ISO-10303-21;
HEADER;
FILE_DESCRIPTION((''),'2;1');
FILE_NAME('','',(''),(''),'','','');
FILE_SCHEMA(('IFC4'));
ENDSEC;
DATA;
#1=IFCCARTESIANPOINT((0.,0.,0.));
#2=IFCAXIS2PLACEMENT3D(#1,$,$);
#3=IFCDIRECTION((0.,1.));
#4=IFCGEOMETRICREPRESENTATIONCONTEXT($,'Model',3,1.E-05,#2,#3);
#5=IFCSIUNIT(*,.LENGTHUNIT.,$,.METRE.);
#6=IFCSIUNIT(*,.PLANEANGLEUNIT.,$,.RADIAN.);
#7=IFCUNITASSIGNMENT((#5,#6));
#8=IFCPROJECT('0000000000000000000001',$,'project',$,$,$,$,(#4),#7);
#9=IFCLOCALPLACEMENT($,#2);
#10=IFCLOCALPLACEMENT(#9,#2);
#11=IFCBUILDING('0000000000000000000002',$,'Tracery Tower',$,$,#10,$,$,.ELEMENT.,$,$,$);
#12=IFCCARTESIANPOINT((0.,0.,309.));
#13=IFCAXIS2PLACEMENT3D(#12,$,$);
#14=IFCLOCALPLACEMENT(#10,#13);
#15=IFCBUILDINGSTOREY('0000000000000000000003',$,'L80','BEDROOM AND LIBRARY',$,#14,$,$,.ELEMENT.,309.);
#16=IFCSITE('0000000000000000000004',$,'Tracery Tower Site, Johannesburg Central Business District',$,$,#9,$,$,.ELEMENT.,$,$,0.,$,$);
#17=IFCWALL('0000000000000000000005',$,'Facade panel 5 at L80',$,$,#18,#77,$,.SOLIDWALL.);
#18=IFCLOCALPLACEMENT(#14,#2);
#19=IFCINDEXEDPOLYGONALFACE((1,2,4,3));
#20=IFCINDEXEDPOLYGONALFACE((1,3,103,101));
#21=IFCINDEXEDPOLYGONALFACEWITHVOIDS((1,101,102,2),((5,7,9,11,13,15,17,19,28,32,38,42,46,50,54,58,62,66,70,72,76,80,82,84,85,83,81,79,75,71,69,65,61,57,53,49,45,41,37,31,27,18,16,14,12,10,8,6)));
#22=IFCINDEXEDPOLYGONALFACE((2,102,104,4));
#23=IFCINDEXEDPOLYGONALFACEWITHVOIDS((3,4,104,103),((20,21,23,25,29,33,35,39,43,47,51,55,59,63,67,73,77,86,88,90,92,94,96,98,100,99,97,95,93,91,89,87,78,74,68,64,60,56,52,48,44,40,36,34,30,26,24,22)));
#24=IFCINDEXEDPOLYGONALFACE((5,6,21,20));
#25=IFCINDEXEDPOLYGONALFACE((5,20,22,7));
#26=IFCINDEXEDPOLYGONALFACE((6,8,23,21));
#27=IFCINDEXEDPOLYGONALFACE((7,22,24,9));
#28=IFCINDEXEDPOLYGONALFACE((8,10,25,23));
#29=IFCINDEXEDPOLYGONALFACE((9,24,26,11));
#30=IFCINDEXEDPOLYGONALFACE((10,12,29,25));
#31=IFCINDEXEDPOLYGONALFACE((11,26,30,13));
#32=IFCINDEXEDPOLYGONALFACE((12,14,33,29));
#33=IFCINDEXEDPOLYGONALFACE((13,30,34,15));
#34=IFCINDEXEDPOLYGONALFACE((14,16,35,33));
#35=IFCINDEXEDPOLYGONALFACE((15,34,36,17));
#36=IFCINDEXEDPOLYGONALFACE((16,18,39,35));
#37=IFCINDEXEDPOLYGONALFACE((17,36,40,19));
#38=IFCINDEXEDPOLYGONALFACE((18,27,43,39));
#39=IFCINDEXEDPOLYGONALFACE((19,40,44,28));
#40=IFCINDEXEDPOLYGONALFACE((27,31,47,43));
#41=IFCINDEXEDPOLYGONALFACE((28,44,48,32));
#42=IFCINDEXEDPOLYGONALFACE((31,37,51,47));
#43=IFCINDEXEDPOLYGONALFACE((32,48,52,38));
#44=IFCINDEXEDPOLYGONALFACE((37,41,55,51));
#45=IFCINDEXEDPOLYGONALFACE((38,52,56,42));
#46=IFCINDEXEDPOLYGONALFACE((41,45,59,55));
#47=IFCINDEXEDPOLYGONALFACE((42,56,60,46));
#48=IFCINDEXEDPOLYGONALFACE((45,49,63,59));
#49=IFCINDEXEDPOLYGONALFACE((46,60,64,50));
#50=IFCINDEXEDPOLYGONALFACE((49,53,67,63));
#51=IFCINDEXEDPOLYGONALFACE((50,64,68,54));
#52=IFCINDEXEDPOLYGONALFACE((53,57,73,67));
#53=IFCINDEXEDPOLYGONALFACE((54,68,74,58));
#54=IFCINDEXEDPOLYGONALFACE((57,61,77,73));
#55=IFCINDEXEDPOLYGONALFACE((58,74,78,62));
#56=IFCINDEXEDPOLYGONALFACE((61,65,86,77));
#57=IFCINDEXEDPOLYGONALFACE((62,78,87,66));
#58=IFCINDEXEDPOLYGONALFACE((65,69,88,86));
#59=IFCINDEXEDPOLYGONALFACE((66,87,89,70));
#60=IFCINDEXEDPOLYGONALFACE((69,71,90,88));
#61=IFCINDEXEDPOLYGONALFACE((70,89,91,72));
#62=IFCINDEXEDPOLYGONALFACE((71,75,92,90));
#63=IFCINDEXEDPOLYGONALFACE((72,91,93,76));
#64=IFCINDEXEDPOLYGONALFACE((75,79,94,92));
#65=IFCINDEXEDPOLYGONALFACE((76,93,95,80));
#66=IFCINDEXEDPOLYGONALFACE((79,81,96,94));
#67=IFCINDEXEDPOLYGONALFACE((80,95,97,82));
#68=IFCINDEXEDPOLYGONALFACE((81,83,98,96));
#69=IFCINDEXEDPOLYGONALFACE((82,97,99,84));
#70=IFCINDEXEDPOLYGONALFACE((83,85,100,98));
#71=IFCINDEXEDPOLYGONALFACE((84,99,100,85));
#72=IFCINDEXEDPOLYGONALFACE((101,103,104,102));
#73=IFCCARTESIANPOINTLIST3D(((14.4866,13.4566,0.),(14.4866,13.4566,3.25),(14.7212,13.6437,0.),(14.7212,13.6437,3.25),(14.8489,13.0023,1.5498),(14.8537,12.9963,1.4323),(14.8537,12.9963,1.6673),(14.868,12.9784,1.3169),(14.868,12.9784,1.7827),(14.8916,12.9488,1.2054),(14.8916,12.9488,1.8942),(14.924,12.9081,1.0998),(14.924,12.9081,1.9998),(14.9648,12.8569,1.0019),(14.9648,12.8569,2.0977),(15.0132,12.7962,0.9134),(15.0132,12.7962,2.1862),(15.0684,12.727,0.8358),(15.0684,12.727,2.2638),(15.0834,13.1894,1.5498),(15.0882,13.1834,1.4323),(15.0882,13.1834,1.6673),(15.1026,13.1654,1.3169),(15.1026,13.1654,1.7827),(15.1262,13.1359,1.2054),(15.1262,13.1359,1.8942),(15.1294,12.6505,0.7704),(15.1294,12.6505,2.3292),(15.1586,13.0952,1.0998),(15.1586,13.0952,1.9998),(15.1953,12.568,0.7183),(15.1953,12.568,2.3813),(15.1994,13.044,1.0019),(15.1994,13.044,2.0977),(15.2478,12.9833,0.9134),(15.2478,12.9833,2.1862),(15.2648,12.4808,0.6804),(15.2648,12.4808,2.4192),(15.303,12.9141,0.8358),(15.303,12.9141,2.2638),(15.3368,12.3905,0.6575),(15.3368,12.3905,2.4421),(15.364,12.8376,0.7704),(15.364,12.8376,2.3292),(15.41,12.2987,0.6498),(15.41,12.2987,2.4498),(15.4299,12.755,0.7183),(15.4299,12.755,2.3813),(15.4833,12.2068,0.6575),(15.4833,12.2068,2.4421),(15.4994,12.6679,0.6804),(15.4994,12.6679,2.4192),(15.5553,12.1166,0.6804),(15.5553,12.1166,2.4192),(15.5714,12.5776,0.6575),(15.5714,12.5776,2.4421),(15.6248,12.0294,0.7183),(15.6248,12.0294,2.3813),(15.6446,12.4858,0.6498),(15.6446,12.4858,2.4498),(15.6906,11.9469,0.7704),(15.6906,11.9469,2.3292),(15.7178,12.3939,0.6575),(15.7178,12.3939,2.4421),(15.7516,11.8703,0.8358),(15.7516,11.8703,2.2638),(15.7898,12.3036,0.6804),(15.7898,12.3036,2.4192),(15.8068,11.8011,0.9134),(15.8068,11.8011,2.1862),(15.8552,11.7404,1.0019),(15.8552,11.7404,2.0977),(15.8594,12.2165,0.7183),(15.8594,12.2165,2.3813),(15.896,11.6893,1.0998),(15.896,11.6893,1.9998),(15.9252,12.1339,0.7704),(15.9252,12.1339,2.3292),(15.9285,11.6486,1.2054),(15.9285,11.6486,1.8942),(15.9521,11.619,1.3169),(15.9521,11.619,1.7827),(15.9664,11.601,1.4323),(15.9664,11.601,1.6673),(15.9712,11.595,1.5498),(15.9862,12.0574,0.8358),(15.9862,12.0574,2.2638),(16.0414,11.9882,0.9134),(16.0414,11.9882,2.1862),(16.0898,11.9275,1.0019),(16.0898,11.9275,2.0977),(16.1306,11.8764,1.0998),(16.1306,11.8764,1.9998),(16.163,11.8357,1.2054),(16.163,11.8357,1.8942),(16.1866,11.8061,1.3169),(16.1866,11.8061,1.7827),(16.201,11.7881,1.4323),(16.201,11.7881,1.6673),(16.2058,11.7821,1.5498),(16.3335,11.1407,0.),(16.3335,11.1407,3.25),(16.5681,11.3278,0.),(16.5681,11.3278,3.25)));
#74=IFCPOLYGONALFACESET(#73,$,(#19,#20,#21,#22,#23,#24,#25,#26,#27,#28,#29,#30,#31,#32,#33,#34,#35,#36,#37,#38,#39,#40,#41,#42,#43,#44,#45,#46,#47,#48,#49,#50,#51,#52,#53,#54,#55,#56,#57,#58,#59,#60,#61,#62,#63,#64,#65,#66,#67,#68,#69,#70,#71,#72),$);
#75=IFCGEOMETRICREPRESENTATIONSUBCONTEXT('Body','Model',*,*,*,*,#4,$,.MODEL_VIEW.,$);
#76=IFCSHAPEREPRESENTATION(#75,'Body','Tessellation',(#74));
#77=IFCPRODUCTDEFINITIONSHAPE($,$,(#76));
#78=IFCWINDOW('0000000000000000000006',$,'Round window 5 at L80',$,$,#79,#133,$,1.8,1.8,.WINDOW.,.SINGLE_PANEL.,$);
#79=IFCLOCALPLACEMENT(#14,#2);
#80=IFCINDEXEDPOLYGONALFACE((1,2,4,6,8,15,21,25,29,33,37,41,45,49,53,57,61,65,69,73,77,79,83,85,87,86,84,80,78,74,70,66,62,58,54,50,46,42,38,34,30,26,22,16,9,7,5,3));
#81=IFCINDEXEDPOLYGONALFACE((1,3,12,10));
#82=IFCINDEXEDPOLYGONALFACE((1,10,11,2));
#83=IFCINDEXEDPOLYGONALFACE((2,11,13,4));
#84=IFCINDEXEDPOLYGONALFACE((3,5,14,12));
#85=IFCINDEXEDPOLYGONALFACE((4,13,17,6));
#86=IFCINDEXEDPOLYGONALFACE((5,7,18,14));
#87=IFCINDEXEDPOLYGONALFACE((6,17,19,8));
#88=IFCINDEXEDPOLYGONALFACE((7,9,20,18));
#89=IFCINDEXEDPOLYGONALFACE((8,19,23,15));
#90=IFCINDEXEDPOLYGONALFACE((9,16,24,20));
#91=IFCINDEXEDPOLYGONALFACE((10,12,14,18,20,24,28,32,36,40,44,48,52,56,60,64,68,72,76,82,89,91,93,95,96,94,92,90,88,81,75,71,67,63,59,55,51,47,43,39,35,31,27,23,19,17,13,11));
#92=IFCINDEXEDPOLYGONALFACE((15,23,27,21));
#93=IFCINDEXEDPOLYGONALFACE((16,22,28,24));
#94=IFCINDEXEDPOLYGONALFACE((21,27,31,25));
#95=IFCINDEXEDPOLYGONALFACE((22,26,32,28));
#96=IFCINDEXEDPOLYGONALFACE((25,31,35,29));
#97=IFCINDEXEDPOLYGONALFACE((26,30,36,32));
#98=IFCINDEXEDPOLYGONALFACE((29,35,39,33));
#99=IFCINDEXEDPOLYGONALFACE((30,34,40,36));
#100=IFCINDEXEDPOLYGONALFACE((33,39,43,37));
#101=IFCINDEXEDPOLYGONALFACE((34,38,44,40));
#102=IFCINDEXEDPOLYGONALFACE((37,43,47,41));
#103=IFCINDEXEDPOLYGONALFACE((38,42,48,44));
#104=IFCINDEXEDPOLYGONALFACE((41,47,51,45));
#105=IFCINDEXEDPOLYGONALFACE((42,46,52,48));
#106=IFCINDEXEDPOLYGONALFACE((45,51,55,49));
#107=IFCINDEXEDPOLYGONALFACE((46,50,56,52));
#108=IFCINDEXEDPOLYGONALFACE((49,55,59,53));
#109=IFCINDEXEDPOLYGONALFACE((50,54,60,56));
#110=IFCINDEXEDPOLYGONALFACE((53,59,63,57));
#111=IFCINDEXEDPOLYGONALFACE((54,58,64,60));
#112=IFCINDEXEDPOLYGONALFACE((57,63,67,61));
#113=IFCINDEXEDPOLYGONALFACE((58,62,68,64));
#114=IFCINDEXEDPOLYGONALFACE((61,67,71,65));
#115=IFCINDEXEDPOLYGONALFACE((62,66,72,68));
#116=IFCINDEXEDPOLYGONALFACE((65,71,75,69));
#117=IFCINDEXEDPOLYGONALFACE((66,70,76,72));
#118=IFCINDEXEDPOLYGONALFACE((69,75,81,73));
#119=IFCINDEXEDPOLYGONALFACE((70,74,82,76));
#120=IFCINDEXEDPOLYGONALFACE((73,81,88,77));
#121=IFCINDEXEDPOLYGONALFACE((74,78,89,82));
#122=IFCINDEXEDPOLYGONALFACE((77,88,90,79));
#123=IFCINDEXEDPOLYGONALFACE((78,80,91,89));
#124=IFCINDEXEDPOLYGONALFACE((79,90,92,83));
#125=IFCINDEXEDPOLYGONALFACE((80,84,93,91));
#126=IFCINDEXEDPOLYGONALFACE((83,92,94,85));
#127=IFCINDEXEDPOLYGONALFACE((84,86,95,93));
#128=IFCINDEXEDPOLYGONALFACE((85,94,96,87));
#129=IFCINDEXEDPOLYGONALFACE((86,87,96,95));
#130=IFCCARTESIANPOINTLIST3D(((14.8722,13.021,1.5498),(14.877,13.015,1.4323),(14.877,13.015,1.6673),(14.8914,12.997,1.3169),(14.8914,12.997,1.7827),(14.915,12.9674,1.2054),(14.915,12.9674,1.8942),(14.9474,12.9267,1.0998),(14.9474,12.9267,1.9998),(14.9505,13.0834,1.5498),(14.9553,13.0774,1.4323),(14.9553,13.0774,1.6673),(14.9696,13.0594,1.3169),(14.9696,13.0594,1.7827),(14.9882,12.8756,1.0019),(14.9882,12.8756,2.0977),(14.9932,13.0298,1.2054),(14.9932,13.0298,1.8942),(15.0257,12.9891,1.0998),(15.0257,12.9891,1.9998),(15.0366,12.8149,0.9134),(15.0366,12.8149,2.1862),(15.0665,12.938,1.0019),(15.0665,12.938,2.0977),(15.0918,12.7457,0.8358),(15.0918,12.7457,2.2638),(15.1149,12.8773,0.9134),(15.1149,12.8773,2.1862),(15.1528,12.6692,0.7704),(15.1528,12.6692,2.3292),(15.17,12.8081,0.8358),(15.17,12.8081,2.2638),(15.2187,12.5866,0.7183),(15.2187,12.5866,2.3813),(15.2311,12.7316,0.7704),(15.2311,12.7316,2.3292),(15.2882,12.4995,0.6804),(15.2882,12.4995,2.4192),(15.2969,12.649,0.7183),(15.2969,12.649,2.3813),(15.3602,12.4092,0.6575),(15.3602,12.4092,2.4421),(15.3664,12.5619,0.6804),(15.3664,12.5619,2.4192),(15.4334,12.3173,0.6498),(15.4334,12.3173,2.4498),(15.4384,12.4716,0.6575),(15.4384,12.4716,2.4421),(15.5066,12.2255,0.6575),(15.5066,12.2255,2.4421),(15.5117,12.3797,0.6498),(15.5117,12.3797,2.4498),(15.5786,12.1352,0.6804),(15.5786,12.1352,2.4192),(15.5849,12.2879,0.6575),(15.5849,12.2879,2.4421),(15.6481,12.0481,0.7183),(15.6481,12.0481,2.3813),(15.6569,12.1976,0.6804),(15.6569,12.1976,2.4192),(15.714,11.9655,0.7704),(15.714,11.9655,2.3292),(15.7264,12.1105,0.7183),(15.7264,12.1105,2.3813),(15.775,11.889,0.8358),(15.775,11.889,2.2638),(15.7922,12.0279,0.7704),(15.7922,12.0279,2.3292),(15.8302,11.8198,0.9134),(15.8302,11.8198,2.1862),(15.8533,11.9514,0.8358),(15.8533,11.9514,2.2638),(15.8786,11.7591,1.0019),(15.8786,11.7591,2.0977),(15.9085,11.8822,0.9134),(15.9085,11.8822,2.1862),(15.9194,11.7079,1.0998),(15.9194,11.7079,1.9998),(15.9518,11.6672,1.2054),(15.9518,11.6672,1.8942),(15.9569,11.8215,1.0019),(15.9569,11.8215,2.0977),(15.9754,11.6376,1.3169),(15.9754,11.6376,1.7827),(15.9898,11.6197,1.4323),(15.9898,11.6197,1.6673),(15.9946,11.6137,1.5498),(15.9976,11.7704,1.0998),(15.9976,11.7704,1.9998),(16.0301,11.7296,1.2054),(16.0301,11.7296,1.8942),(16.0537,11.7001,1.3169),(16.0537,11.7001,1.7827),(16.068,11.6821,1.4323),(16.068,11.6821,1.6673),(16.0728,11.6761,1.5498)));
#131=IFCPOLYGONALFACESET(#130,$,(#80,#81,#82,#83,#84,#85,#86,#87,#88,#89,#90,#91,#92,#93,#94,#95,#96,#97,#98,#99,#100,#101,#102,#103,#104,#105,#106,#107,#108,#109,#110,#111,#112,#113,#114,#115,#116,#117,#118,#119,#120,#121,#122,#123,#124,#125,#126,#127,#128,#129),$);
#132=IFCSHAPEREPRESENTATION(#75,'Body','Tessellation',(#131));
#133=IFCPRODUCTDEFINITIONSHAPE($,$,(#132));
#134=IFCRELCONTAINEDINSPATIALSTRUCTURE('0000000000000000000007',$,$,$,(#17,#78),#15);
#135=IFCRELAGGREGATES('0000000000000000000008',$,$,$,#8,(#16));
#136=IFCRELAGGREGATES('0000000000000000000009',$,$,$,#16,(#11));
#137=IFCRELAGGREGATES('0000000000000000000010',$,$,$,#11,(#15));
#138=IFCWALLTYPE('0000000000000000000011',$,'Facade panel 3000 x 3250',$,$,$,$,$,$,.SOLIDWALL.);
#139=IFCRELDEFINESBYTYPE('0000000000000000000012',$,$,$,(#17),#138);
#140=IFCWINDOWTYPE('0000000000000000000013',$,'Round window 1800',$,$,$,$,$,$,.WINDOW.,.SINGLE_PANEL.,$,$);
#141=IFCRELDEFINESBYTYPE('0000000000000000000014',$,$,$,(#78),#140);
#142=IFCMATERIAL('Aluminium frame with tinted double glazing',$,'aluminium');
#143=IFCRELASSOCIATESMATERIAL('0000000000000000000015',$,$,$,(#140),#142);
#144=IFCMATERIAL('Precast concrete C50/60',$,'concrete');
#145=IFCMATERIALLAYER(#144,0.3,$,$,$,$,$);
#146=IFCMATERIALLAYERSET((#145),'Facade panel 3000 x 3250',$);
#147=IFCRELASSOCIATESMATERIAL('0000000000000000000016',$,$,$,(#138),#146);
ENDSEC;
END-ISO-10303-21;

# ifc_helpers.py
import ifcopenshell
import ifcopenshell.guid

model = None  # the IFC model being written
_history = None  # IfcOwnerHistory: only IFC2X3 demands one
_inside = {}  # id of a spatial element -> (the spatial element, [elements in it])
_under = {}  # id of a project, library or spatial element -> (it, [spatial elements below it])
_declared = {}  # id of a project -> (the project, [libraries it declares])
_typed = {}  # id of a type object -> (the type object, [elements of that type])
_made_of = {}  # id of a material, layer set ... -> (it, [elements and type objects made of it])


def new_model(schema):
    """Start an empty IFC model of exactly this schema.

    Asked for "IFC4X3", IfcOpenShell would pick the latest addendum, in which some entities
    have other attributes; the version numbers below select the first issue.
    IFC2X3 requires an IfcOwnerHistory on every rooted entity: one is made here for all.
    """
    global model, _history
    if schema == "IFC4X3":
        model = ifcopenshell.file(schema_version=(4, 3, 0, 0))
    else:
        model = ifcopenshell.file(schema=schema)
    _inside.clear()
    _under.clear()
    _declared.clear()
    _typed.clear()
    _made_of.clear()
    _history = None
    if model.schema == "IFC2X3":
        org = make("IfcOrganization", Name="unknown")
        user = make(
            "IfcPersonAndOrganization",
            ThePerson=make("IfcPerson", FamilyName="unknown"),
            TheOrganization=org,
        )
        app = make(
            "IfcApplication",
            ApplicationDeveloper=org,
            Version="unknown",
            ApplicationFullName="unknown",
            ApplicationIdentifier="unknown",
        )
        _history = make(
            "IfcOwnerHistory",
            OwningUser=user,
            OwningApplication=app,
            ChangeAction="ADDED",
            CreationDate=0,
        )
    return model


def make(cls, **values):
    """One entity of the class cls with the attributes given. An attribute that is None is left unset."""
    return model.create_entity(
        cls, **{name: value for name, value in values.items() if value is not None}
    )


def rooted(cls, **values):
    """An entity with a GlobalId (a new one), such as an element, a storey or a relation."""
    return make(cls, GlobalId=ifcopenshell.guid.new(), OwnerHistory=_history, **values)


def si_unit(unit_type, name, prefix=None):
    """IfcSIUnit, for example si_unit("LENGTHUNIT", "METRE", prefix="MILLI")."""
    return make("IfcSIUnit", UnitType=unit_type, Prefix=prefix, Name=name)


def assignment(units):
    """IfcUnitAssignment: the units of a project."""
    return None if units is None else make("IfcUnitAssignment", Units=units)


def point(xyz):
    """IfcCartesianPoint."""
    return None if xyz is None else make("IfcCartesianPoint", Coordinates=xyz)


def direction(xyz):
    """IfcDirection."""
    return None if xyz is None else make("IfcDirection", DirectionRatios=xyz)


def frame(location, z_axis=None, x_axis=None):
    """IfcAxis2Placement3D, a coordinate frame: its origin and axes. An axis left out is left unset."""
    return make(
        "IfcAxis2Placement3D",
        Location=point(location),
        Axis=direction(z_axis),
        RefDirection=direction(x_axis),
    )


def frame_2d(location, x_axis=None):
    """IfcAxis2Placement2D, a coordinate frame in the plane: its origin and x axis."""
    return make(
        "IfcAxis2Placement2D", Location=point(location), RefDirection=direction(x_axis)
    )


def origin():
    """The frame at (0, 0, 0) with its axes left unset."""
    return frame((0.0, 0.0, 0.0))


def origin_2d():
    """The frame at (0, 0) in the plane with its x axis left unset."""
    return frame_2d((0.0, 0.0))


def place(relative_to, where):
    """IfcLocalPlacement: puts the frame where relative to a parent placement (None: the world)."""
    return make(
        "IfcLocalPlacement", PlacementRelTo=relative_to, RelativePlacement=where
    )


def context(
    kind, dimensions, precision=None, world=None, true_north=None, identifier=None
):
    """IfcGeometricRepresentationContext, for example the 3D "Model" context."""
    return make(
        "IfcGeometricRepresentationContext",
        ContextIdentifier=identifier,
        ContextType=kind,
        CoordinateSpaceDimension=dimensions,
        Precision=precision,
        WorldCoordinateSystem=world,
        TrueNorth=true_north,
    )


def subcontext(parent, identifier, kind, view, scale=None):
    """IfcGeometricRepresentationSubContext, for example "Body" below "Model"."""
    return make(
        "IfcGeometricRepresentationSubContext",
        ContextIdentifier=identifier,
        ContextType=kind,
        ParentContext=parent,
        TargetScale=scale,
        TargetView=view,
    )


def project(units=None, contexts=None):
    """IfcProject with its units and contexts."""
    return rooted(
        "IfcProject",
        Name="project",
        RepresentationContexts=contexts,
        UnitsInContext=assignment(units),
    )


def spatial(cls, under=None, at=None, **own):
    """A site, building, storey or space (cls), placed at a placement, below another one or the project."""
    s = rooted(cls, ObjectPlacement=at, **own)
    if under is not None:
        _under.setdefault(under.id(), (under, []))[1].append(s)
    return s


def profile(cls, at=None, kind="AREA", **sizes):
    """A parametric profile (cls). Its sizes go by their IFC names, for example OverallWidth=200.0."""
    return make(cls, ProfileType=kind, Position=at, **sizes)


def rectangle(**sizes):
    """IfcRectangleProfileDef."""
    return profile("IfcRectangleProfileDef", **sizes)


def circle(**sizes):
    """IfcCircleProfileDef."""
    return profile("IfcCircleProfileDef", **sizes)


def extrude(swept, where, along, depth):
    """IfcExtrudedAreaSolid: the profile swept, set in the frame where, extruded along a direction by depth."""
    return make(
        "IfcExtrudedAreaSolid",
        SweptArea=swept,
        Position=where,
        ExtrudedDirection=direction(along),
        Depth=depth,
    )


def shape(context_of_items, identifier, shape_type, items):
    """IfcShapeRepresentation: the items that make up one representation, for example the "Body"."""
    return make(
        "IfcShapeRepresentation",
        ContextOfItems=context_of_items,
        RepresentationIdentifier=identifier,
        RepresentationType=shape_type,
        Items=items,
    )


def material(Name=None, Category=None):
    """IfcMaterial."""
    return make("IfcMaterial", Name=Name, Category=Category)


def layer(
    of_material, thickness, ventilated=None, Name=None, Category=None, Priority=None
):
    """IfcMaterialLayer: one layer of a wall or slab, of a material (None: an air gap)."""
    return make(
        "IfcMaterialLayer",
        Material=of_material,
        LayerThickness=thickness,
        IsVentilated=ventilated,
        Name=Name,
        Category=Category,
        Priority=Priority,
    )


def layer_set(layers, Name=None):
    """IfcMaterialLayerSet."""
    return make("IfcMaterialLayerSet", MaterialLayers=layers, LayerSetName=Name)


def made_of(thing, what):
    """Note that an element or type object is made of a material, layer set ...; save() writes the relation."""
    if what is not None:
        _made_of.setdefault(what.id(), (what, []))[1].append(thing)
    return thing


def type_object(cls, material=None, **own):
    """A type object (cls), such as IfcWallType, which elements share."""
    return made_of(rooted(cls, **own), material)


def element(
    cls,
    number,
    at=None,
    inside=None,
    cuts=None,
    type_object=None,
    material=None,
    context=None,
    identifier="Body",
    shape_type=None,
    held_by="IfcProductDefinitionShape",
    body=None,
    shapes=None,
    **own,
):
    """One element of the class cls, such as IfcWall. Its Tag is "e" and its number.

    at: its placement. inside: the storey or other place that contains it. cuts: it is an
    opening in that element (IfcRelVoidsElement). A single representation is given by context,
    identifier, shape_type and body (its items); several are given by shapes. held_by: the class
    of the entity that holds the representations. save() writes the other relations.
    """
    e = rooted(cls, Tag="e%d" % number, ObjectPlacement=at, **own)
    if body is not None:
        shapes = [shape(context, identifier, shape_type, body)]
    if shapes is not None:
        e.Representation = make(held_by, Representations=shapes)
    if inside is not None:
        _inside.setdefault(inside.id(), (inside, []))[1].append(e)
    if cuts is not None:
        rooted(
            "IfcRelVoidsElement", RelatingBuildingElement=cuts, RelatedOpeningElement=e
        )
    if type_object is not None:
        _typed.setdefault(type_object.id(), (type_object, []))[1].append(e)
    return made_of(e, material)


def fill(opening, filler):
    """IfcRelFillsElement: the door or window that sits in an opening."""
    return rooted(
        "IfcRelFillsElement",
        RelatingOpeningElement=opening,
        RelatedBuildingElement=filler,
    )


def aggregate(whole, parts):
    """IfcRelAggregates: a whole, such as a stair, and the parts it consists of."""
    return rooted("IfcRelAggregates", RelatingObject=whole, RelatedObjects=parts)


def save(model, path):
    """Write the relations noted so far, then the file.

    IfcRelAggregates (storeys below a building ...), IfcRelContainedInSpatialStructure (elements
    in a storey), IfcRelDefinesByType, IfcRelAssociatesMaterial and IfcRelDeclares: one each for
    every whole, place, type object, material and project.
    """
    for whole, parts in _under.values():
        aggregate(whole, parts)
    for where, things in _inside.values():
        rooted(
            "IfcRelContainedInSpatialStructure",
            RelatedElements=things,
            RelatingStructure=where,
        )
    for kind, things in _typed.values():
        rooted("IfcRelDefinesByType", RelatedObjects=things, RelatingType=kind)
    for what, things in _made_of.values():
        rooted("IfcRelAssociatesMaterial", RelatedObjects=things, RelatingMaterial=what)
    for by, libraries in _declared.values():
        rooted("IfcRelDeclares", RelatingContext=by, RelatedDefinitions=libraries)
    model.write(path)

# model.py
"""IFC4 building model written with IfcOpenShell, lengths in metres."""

from ifc_helpers import new_model, si_unit, direction, frame, frame_2d, origin, origin_2d, place, context, subcontext, project, spatial, rectangle, circle, extrude, material, layer, layer_set, type_object, element, fill, save


model = new_model("IFC4")

# Units and contexts
model_context = context("Model", 3, precision=1e-05, world=origin(), true_north=direction((0.0, 1.0)))
body_context = subcontext(model_context, "Body", "Model", "MODEL_VIEW")
ifc_project = project(units=[si_unit("LENGTHUNIT", "METRE"), si_unit("PLANEANGLEUNIT", "RADIAN")], contexts=[model_context])

# Site, building, storey
site_placement = place(None, origin())
site = spatial("IfcSite", under=ifc_project, at=site_placement, Name="Tracery Tower Site, Johannesburg Central Business District", CompositionType="ELEMENT", RefElevation=0.0)
building_placement = place(site_placement, origin())
building = spatial("IfcBuilding", under=site, at=building_placement, Name="Tracery Tower", CompositionType="ELEMENT")
storey_placement = place(building_placement, frame((0.0, 0.0, 309.0)))
storey = spatial("IfcBuildingStorey", under=building, at=storey_placement, Name="L80", Description="BEDROOM AND LIBRARY", CompositionType="ELEMENT", Elevation=309.0)

# Wall, opening, window
ifc_material_1 = material(Name="Aluminium frame with tinted double glazing", Category="aluminium")
window_type = type_object("IfcWindowType", Name="Round window 1800", PartitioningType="SINGLE_PANEL", PredefinedType="WINDOW", material=ifc_material_1)
ifc_material_2 = material(Name="Precast concrete C50/60", Category="concrete")
ifc_layer_1 = layer(ifc_material_2, 0.3)
ifc_layer_set_1 = layer_set([ifc_layer_1], Name="Facade panel 3000 x 3250")
wall_type_1 = type_object("IfcWallType", Name="Facade panel 3000 x 3250", PredefinedType="SOLIDWALL", material=ifc_layer_set_1)
wall_1_placement = place(storey_placement, frame((16.4507, 11.2344, 0.0), z_axis=(0.0, 0.0, 1.0), x_axis=(-0.623498, 0.781825, 0.0)))
wall_1 = element("IfcWall", 1, at=wall_1_placement, inside=storey, type_object=wall_type_1, Name="Facade panel 5 at L80", PredefinedType="SOLIDWALL", context=body_context, shape_type="SweptSolid", body=[
    extrude(rectangle(XDim=2.9622, YDim=0.3, at=frame_2d((1.481, 0.0))), origin(), (0.0, 0.0, 1.0), 3.25),
])
opening_1_placement = place(wall_1_placement, frame((1.481, 0.0, 1.5498)))
opening_1 = element("IfcOpeningElement", 2, at=opening_1_placement, cuts=wall_1, PredefinedType="OPENING", context=body_context, shape_type="SweptSolid", body=[
    extrude(circle(Radius=0.9, at=origin_2d()), frame((0.0, 0.1599, 0.0), z_axis=(0.0, -1.0, 0.0), x_axis=(1.0, 0.0, 0.0)), (0.0, 0.0, 1.0), 0.3201),
])
window_1_placement = place(opening_1_placement, origin())
window_1 = element("IfcWindow", 3, at=window_1_placement, inside=storey, type_object=window_type, Name="Round window 5 at L80", OverallHeight=1.8, OverallWidth=1.8, PartitioningType="SINGLE_PANEL", PredefinedType="WINDOW", context=body_context, shape_type="SweptSolid", body=[
    extrude(circle(Radius=0.9, at=origin_2d()), frame((0.0, 0.1201, 0.0), z_axis=(0.0, -1.0, 0.0), x_axis=(1.0, 0.0, 0.0)), (0.0, 0.0, 1.0), 0.1001),
])
fill(opening_1, window_1)

save(model, "model.ifc")
